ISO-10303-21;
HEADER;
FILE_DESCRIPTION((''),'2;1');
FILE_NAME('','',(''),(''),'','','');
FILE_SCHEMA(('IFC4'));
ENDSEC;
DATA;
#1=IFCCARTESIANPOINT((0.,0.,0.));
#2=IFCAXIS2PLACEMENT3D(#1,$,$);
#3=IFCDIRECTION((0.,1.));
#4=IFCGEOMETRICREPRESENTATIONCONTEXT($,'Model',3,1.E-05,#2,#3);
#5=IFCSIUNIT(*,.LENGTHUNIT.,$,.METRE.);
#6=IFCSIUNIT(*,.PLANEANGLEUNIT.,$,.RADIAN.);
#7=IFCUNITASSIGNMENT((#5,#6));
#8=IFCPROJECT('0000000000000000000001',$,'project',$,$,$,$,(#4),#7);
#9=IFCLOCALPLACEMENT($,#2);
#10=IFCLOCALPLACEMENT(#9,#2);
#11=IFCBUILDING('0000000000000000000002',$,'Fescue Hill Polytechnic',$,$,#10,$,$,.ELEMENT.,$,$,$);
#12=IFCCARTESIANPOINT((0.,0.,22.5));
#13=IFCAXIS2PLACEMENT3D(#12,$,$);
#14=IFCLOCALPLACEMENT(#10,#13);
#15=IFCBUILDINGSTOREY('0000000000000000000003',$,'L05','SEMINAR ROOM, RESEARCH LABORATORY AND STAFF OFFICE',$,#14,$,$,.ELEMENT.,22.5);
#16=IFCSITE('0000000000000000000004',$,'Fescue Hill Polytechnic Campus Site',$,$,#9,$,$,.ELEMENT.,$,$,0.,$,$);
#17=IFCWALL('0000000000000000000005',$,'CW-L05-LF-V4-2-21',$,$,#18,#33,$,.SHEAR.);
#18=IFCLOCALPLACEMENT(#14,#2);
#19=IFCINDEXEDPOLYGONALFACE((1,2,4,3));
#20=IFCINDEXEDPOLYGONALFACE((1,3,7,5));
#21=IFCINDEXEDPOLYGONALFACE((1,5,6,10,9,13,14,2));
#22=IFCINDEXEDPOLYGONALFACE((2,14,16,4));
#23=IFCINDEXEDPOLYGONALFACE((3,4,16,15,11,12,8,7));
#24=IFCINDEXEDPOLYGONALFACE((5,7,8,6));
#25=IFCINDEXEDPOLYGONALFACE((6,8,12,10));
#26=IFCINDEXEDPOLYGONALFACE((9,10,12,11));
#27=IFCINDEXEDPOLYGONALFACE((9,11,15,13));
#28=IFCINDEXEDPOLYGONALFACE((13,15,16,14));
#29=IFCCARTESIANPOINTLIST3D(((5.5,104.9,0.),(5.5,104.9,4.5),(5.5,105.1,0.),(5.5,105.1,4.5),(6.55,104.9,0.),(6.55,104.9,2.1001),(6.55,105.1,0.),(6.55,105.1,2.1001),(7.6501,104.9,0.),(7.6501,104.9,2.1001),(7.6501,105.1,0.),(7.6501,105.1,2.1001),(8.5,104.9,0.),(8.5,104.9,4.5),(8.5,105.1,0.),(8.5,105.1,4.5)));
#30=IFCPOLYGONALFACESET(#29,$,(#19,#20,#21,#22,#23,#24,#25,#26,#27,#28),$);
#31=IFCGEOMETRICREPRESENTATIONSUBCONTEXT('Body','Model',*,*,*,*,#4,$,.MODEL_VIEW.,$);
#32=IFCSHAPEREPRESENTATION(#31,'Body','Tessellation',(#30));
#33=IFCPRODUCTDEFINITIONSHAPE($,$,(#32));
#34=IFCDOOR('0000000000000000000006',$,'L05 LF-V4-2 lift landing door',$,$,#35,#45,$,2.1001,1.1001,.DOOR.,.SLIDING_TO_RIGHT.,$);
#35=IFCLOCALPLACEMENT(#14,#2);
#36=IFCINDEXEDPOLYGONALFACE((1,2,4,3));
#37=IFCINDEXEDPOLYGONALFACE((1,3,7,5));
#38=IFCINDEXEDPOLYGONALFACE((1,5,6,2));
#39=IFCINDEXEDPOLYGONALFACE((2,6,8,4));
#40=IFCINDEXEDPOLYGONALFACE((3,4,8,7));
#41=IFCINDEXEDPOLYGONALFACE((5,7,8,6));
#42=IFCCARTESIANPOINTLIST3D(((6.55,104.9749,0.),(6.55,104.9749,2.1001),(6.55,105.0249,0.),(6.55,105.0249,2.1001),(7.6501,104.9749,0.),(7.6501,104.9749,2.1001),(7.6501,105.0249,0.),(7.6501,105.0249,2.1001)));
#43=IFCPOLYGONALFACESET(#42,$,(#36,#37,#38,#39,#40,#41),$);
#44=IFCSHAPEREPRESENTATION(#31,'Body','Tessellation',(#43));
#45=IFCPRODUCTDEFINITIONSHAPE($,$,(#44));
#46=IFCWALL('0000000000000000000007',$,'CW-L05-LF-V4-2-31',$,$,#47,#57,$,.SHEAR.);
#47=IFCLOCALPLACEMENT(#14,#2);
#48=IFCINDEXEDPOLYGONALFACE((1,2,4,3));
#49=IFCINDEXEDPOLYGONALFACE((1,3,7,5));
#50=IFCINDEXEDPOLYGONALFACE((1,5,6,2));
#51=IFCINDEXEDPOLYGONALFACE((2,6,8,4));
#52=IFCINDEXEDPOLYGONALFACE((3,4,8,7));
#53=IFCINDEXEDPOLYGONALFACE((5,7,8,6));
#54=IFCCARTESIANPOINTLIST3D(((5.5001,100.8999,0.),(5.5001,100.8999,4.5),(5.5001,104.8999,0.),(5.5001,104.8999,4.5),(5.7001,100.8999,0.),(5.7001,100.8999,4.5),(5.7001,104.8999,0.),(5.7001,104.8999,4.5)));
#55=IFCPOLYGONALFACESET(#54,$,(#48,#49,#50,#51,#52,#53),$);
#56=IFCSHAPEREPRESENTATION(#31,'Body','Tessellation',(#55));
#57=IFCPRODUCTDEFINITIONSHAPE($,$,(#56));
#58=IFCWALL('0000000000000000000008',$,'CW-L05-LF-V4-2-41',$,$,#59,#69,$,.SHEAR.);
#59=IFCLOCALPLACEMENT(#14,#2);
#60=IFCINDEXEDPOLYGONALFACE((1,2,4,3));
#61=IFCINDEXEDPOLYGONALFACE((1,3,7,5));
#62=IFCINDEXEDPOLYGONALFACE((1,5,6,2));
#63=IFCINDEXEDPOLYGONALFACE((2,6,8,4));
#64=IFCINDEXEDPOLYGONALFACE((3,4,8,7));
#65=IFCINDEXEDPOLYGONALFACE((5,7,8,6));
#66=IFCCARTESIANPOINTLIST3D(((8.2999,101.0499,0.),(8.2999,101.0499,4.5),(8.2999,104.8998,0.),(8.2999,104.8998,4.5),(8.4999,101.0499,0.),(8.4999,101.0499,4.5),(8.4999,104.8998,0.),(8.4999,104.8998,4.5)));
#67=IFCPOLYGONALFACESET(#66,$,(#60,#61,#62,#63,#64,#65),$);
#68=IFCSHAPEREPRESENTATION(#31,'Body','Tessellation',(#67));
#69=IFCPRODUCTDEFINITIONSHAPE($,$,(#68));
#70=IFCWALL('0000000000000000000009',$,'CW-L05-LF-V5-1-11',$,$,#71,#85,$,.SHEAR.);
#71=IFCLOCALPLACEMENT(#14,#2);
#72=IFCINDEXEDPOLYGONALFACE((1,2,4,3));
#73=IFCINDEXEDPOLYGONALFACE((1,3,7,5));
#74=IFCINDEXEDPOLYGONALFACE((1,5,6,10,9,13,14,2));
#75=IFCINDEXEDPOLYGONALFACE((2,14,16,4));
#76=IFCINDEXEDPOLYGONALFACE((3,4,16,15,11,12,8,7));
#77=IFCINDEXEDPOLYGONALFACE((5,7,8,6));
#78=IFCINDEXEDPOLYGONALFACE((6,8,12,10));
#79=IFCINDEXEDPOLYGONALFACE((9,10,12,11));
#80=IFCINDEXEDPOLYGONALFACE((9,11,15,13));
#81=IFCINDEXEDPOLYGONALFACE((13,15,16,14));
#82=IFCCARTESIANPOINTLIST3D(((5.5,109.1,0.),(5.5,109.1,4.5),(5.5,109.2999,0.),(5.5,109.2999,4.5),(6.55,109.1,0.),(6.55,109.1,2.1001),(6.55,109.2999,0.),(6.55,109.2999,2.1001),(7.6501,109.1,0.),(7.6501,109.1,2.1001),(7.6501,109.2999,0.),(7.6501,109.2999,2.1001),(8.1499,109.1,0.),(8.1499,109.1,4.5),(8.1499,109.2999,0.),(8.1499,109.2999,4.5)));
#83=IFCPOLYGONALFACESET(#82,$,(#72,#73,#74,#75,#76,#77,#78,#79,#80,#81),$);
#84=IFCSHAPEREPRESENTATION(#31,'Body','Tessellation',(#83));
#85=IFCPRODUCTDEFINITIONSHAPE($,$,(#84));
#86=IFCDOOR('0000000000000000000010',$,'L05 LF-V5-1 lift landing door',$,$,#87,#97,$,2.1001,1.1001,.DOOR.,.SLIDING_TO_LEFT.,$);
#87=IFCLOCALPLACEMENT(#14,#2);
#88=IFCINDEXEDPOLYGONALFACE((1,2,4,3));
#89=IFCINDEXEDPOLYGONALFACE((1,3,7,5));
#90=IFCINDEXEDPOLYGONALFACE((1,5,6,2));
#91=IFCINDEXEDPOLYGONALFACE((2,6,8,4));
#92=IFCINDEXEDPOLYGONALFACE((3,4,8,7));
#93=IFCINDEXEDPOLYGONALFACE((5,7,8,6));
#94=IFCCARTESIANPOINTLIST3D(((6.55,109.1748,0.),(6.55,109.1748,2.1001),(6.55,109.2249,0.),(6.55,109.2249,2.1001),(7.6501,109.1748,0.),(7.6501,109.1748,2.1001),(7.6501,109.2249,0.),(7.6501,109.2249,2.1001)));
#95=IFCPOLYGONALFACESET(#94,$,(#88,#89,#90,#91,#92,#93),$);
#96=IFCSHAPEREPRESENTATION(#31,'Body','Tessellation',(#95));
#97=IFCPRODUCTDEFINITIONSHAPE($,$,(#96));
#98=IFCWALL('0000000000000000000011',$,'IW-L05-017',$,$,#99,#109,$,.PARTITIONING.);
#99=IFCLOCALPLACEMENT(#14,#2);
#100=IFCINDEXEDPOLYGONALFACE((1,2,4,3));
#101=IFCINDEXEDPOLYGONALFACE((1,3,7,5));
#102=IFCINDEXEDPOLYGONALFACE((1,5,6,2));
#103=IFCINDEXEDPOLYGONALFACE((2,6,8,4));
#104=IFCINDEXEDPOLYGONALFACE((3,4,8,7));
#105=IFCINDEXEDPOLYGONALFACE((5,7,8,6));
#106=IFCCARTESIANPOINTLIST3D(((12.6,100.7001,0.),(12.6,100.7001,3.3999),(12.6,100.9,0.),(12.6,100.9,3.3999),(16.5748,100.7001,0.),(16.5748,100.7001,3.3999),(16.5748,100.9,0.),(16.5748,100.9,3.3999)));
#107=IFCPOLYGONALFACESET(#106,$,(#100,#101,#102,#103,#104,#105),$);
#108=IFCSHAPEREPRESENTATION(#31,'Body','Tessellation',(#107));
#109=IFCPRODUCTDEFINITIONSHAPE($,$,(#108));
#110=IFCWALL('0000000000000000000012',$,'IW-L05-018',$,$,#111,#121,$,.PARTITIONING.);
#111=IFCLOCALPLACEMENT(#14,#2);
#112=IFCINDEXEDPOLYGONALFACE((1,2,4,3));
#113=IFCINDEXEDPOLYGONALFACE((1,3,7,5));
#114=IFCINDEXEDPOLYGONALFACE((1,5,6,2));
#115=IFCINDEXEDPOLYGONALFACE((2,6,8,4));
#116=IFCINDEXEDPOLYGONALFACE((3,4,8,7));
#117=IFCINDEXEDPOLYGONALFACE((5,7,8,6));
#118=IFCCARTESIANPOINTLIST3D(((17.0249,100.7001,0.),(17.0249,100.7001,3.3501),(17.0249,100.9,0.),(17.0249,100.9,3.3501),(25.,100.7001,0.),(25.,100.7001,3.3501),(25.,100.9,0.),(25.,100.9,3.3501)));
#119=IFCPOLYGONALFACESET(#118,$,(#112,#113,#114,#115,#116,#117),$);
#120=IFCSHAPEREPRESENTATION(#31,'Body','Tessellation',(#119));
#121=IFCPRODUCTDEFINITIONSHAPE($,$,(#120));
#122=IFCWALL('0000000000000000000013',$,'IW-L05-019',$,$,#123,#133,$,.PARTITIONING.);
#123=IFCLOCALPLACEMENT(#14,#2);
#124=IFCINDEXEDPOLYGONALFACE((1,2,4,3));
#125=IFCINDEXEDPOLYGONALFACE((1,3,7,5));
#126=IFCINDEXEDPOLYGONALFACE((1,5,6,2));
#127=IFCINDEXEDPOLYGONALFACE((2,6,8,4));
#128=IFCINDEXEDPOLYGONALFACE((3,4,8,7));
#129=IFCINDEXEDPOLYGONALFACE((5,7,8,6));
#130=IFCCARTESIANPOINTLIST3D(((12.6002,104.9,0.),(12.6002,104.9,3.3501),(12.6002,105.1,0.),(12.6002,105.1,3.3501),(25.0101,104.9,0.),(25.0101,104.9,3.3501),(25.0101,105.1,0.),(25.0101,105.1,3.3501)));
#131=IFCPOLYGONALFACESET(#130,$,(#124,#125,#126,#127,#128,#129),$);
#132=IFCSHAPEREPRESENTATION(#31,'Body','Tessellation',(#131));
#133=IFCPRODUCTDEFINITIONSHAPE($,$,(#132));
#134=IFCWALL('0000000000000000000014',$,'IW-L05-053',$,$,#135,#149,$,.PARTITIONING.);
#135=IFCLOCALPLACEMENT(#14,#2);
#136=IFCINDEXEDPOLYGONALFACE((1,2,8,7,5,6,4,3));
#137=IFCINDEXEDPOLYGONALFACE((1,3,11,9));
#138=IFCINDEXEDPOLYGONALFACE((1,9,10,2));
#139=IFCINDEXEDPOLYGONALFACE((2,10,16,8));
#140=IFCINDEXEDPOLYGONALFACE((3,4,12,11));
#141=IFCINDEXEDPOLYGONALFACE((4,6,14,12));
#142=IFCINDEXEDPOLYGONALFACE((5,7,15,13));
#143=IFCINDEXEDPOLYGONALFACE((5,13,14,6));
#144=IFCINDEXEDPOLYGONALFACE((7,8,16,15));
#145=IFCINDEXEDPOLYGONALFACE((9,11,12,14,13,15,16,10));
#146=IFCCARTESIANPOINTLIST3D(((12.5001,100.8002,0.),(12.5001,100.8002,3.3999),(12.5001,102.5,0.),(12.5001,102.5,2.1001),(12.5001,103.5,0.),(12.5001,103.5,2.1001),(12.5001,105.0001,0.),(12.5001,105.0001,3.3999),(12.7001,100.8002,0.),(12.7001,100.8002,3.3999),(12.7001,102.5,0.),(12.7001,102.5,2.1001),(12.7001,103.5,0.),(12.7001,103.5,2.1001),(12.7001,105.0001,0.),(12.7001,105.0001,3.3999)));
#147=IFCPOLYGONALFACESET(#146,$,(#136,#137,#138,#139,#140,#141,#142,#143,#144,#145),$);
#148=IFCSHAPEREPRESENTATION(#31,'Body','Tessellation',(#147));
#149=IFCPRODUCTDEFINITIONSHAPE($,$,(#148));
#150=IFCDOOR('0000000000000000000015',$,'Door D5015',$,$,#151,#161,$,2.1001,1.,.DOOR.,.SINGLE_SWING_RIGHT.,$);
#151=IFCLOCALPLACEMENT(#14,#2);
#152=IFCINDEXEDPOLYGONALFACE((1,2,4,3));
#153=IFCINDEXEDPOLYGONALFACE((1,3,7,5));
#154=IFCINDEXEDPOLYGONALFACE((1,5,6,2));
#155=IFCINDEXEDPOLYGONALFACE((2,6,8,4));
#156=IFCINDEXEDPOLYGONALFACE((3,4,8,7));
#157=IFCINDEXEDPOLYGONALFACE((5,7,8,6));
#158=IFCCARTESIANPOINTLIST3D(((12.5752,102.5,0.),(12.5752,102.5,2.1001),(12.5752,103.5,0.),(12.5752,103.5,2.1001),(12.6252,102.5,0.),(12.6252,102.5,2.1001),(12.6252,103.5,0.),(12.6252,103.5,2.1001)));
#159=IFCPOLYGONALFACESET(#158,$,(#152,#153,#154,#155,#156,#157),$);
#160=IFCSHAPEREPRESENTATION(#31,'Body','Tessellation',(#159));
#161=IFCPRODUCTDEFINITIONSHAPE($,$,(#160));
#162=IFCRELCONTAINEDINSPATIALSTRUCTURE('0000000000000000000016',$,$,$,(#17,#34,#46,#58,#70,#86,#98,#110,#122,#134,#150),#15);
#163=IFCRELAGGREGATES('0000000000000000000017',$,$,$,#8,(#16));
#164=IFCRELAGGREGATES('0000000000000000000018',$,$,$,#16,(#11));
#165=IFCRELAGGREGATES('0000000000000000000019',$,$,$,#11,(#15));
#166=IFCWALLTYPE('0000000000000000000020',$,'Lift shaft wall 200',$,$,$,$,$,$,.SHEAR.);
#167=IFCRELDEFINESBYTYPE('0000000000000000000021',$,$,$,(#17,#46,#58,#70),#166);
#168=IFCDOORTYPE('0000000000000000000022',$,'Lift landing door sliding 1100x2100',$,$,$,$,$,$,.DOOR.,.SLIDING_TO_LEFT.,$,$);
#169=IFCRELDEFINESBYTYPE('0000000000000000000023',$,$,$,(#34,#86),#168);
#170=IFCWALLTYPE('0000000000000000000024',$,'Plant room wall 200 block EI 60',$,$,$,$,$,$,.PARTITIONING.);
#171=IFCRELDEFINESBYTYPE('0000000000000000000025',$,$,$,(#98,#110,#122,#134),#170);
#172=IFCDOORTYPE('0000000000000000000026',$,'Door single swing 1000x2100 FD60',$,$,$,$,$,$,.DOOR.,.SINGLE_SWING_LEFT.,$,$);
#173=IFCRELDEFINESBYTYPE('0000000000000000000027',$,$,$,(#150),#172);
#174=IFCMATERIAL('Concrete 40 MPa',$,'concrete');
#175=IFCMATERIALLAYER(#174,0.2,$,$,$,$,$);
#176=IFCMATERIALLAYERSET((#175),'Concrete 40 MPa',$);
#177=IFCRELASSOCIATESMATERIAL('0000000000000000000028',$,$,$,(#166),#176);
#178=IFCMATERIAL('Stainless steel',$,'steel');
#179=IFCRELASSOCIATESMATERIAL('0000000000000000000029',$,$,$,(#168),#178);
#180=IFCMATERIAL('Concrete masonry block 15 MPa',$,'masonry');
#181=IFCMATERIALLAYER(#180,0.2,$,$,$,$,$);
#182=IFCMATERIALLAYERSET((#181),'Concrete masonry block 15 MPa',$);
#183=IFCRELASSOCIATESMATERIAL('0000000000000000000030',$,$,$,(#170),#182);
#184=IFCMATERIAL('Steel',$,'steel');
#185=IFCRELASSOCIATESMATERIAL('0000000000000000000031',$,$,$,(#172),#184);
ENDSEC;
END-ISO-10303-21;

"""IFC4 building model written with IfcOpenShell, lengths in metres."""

from ifc_helpers import new_model, si_unit, direction, frame, frame_2d, origin, place, context, subcontext, project, spatial, rectangle, extrude, material, layer, layer_set, type_object, element, fill, save


model = new_model("IFC4")

# Units and contexts
model_context = context("Model", 3, precision=1e-05, world=origin(), true_north=direction((0.0, 1.0)))
body_context = subcontext(model_context, "Body", "Model", "MODEL_VIEW")
ifc_project = project(units=[si_unit("LENGTHUNIT", "METRE"), si_unit("PLANEANGLEUNIT", "RADIAN")], contexts=[model_context])

# Site, building, storey
site_placement = place(None, origin())
site = spatial("IfcSite", under=ifc_project, at=site_placement, Name="Fescue Hill Polytechnic Campus Site", CompositionType="ELEMENT", RefElevation=0.0)
building_placement = place(site_placement, origin())
building = spatial("IfcBuilding", under=site, at=building_placement, Name="Fescue Hill Polytechnic", CompositionType="ELEMENT")
storey_placement = place(building_placement, frame((0.0, 0.0, 22.5)))
storey = spatial("IfcBuildingStorey", under=building, at=storey_placement, Name="L05", Description="SEMINAR ROOM, RESEARCH LABORATORY AND STAFF OFFICE", CompositionType="ELEMENT", Elevation=22.5)

# Shared definitions
ifc_material_1 = material(Name="Concrete 40 MPa", Category="concrete")

# Wall, opening, door
ifc_layer_1 = layer(ifc_material_1, 0.2)
ifc_layer_set_1 = layer_set([ifc_layer_1], Name="Concrete 40 MPa")
wall_type_1 = type_object("IfcWallType", Name="Lift shaft wall 200", PredefinedType="SHEAR", material=ifc_layer_set_1)
ifc_material_2 = material(Name="Stainless steel", Category="steel")
door_type_1 = type_object("IfcDoorType", Name="Lift landing door sliding 1100x2100", OperationType="SLIDING_TO_LEFT", PredefinedType="DOOR", material=ifc_material_2)
wall_1_placement = place(storey_placement, frame((5.5, 105.0, 0.0), z_axis=(0.0, 0.0, 1.0), x_axis=(1.0, 0.0, 0.0)))
wall_1 = element("IfcWall", 1, at=wall_1_placement, inside=storey, type_object=wall_type_1, Name="CW-L05-LF-V4-2-21", PredefinedType="SHEAR", context=body_context, shape_type="SweptSolid", body=[
    extrude(rectangle(XDim=3.0, YDim=0.2, at=frame_2d((1.5, 0.0))), origin(), (0.0, 0.0, 1.0), 4.5),
])
opening_1_placement = place(wall_1_placement, frame((1.05, 0.0, 0.0)))
opening_1 = element("IfcOpeningElement", 2, at=opening_1_placement, cuts=wall_1, PredefinedType="OPENING", context=body_context, shape_type="SweptSolid", body=[
    extrude(rectangle(XDim=1.1001, YDim=2.1001, at=frame_2d((0.55, 1.05))), frame((0.0, 0.1099, 0.0), z_axis=(0.0, -1.0, 0.0), x_axis=(1.0, 0.0, 0.0)), (0.0, 0.0, 1.0), 0.22),
])
door_1_placement = place(opening_1_placement, origin())
door_1 = element("IfcDoor", 3, at=door_1_placement, inside=storey, type_object=door_type_1, Name="L05 LF-V4-2 lift landing door", OperationType="SLIDING_TO_RIGHT", OverallHeight=2.1001, OverallWidth=1.1001, PredefinedType="DOOR", context=body_context, shape_type="SweptSolid", body=[
    extrude(rectangle(XDim=1.1001, YDim=2.1001, at=frame_2d((0.55, 1.05))), frame((0.0, 0.0249, 0.0), z_axis=(0.0, -1.0, 0.0), x_axis=(1.0, 0.0, 0.0)), (0.0, 0.0, 1.0), 0.05),
])
fill(opening_1, door_1)

# Walls
wall_2_placement = place(storey_placement, frame((5.6001, 100.8999, 0.0), z_axis=(0.0, 0.0, 1.0), x_axis=(0.0, 1.0, 0.0)))
element("IfcWall", 4, at=wall_2_placement, inside=storey, type_object=wall_type_1, Name="CW-L05-LF-V4-2-31", PredefinedType="SHEAR", context=body_context, shape_type="SweptSolid", body=[
    extrude(rectangle(XDim=4.0, YDim=0.2, at=frame_2d((2.0, 0.0))), origin(), (0.0, 0.0, 1.0), 4.5),
])
wall_3_placement = place(storey_placement, frame((8.3999, 101.05, 0.0), z_axis=(0.0, 0.0, 1.0), x_axis=(0.0, 1.0, 0.0)))
element("IfcWall", 5, at=wall_3_placement, inside=storey, type_object=wall_type_1, Name="CW-L05-LF-V4-2-41", PredefinedType="SHEAR", context=body_context, shape_type="SweptSolid", body=[
    extrude(rectangle(XDim=3.8499, YDim=0.2, at=frame_2d((1.9248, 0.0))), origin(), (0.0, 0.0, 1.0), 4.5),
])

# Wall, opening, door
wall_4_placement = place(storey_placement, frame((5.5, 109.2, 0.0), z_axis=(0.0, 0.0, 1.0), x_axis=(1.0, 0.0, 0.0)))
wall_4 = element("IfcWall", 6, at=wall_4_placement, inside=storey, type_object=wall_type_1, Name="CW-L05-LF-V5-1-11", PredefinedType="SHEAR", context=body_context, shape_type="SweptSolid", body=[
    extrude(rectangle(XDim=2.6499, YDim=0.2, at=frame_2d((1.325, 0.0))), origin(), (0.0, 0.0, 1.0), 4.5),
])
opening_2_placement = place(wall_4_placement, frame((1.05, 0.0, 0.0)))
opening_2 = element("IfcOpeningElement", 7, at=opening_2_placement, cuts=wall_4, PredefinedType="OPENING", context=body_context, shape_type="SweptSolid", body=[
    extrude(rectangle(XDim=1.1001, YDim=2.1001, at=frame_2d((0.55, 1.05))), frame((0.0, 0.1099, 0.0), z_axis=(0.0, -1.0, 0.0), x_axis=(1.0, 0.0, 0.0)), (0.0, 0.0, 1.0), 0.22),
])
door_2_placement = place(opening_2_placement, origin())
door_2 = element("IfcDoor", 8, at=door_2_placement, inside=storey, type_object=door_type_1, Name="L05 LF-V5-1 lift landing door", OperationType="SLIDING_TO_LEFT", OverallHeight=2.1001, OverallWidth=1.1001, PredefinedType="DOOR", context=body_context, shape_type="SweptSolid", body=[
    extrude(rectangle(XDim=1.1001, YDim=2.1001, at=frame_2d((0.55, 1.05))), frame((0.0, 0.0249, 0.0), z_axis=(0.0, -1.0, 0.0), x_axis=(1.0, 0.0, 0.0)), (0.0, 0.0, 1.0), 0.05),
])
fill(opening_2, door_2)

# Walls
ifc_material_3 = material(Name="Concrete masonry block 15 MPa", Category="masonry")
ifc_layer_2 = layer(ifc_material_3, 0.2)
ifc_layer_set_2 = layer_set([ifc_layer_2], Name="Concrete masonry block 15 MPa")
wall_type_2 = type_object("IfcWallType", Name="Plant room wall 200 block EI 60", PredefinedType="PARTITIONING", material=ifc_layer_set_2)
wall_5_placement = place(storey_placement, frame((12.6001, 100.8, 0.0), z_axis=(0.0, 0.0, 1.0), x_axis=(1.0, 0.0, 0.0)))
element("IfcWall", 9, at=wall_5_placement, inside=storey, type_object=wall_type_2, Name="IW-L05-017", PredefinedType="PARTITIONING", context=body_context, shape_type="SweptSolid", body=[
    extrude(rectangle(XDim=3.9749, YDim=0.2, at=frame_2d((1.9873, 0.0))), origin(), (0.0, 0.0, 1.0), 3.3999),
])
wall_6_placement = place(storey_placement, frame((17.0249, 100.8, 0.0), z_axis=(0.0, 0.0, 1.0), x_axis=(1.0, 0.0, 0.0)))
element("IfcWall", 10, at=wall_6_placement, inside=storey, type_object=wall_type_2, Name="IW-L05-018", PredefinedType="PARTITIONING", context=body_context, shape_type="SweptSolid", body=[
    extrude(rectangle(XDim=7.9751, YDim=0.2, at=frame_2d((3.9875, 0.0))), origin(), (0.0, 0.0, 1.0), 3.3501),
])
wall_7_placement = place(storey_placement, frame((12.6001, 105.0, 0.0), z_axis=(0.0, 0.0, 1.0), x_axis=(1.0, 0.0, 0.0)))
element("IfcWall", 11, at=wall_7_placement, inside=storey, type_object=wall_type_2, Name="IW-L05-019", PredefinedType="PARTITIONING", context=body_context, shape_type="SweptSolid", body=[
    extrude(rectangle(XDim=12.4099, YDim=0.2, at=frame_2d((6.2051, 0.0))), origin(), (0.0, 0.0, 1.0), 3.3501),
])

# Wall, opening, door
wall_8_placement = place(storey_placement, frame((12.6001, 100.8, 0.0), z_axis=(0.0, 0.0, 1.0), x_axis=(0.0, 1.0, 0.0)))
wall_8 = element("IfcWall", 12, at=wall_8_placement, inside=storey, type_object=wall_type_2, Name="IW-L05-053", PredefinedType="PARTITIONING", context=body_context, shape_type="SweptSolid", body=[
    extrude(rectangle(XDim=4.2, YDim=0.2, at=frame_2d((2.1001, 0.0))), origin(), (0.0, 0.0, 1.0), 3.3999),
])
opening_3_placement = place(wall_8_placement, frame((1.7, 0.0, 0.0)))
opening_3 = element("IfcOpeningElement", 13, at=opening_3_placement, cuts=wall_8, PredefinedType="OPENING", context=body_context, shape_type="SweptSolid", body=[
    extrude(rectangle(XDim=1.0, YDim=2.1001, at=frame_2d((0.5, 1.05))), frame((0.0, 0.1099, 0.0), z_axis=(0.0, -1.0, 0.0), x_axis=(1.0, 0.0, 0.0)), (0.0, 0.0, 1.0), 0.22),
])
ifc_material_4 = material(Name="Steel", Category="steel")
door_type_2 = type_object("IfcDoorType", Name="Door single swing 1000x2100 FD60", OperationType="SINGLE_SWING_LEFT", PredefinedType="DOOR", material=ifc_material_4)
door_3_placement = place(opening_3_placement, origin())
door_3 = element("IfcDoor", 14, at=door_3_placement, inside=storey, type_object=door_type_2, Name="Door D5015", OperationType="SINGLE_SWING_RIGHT", OverallHeight=2.1001, OverallWidth=1.0, PredefinedType="DOOR", context=body_context, shape_type="SweptSolid", body=[
    extrude(rectangle(XDim=1.0, YDim=2.1001, at=frame_2d((0.5, 1.05))), frame((0.0, 0.0249, 0.0), z_axis=(0.0, -1.0, 0.0), x_axis=(1.0, 0.0, 0.0)), (0.0, 0.0, 1.0), 0.05),
])
fill(opening_3, door_3)

save(model, "model.ifc")
